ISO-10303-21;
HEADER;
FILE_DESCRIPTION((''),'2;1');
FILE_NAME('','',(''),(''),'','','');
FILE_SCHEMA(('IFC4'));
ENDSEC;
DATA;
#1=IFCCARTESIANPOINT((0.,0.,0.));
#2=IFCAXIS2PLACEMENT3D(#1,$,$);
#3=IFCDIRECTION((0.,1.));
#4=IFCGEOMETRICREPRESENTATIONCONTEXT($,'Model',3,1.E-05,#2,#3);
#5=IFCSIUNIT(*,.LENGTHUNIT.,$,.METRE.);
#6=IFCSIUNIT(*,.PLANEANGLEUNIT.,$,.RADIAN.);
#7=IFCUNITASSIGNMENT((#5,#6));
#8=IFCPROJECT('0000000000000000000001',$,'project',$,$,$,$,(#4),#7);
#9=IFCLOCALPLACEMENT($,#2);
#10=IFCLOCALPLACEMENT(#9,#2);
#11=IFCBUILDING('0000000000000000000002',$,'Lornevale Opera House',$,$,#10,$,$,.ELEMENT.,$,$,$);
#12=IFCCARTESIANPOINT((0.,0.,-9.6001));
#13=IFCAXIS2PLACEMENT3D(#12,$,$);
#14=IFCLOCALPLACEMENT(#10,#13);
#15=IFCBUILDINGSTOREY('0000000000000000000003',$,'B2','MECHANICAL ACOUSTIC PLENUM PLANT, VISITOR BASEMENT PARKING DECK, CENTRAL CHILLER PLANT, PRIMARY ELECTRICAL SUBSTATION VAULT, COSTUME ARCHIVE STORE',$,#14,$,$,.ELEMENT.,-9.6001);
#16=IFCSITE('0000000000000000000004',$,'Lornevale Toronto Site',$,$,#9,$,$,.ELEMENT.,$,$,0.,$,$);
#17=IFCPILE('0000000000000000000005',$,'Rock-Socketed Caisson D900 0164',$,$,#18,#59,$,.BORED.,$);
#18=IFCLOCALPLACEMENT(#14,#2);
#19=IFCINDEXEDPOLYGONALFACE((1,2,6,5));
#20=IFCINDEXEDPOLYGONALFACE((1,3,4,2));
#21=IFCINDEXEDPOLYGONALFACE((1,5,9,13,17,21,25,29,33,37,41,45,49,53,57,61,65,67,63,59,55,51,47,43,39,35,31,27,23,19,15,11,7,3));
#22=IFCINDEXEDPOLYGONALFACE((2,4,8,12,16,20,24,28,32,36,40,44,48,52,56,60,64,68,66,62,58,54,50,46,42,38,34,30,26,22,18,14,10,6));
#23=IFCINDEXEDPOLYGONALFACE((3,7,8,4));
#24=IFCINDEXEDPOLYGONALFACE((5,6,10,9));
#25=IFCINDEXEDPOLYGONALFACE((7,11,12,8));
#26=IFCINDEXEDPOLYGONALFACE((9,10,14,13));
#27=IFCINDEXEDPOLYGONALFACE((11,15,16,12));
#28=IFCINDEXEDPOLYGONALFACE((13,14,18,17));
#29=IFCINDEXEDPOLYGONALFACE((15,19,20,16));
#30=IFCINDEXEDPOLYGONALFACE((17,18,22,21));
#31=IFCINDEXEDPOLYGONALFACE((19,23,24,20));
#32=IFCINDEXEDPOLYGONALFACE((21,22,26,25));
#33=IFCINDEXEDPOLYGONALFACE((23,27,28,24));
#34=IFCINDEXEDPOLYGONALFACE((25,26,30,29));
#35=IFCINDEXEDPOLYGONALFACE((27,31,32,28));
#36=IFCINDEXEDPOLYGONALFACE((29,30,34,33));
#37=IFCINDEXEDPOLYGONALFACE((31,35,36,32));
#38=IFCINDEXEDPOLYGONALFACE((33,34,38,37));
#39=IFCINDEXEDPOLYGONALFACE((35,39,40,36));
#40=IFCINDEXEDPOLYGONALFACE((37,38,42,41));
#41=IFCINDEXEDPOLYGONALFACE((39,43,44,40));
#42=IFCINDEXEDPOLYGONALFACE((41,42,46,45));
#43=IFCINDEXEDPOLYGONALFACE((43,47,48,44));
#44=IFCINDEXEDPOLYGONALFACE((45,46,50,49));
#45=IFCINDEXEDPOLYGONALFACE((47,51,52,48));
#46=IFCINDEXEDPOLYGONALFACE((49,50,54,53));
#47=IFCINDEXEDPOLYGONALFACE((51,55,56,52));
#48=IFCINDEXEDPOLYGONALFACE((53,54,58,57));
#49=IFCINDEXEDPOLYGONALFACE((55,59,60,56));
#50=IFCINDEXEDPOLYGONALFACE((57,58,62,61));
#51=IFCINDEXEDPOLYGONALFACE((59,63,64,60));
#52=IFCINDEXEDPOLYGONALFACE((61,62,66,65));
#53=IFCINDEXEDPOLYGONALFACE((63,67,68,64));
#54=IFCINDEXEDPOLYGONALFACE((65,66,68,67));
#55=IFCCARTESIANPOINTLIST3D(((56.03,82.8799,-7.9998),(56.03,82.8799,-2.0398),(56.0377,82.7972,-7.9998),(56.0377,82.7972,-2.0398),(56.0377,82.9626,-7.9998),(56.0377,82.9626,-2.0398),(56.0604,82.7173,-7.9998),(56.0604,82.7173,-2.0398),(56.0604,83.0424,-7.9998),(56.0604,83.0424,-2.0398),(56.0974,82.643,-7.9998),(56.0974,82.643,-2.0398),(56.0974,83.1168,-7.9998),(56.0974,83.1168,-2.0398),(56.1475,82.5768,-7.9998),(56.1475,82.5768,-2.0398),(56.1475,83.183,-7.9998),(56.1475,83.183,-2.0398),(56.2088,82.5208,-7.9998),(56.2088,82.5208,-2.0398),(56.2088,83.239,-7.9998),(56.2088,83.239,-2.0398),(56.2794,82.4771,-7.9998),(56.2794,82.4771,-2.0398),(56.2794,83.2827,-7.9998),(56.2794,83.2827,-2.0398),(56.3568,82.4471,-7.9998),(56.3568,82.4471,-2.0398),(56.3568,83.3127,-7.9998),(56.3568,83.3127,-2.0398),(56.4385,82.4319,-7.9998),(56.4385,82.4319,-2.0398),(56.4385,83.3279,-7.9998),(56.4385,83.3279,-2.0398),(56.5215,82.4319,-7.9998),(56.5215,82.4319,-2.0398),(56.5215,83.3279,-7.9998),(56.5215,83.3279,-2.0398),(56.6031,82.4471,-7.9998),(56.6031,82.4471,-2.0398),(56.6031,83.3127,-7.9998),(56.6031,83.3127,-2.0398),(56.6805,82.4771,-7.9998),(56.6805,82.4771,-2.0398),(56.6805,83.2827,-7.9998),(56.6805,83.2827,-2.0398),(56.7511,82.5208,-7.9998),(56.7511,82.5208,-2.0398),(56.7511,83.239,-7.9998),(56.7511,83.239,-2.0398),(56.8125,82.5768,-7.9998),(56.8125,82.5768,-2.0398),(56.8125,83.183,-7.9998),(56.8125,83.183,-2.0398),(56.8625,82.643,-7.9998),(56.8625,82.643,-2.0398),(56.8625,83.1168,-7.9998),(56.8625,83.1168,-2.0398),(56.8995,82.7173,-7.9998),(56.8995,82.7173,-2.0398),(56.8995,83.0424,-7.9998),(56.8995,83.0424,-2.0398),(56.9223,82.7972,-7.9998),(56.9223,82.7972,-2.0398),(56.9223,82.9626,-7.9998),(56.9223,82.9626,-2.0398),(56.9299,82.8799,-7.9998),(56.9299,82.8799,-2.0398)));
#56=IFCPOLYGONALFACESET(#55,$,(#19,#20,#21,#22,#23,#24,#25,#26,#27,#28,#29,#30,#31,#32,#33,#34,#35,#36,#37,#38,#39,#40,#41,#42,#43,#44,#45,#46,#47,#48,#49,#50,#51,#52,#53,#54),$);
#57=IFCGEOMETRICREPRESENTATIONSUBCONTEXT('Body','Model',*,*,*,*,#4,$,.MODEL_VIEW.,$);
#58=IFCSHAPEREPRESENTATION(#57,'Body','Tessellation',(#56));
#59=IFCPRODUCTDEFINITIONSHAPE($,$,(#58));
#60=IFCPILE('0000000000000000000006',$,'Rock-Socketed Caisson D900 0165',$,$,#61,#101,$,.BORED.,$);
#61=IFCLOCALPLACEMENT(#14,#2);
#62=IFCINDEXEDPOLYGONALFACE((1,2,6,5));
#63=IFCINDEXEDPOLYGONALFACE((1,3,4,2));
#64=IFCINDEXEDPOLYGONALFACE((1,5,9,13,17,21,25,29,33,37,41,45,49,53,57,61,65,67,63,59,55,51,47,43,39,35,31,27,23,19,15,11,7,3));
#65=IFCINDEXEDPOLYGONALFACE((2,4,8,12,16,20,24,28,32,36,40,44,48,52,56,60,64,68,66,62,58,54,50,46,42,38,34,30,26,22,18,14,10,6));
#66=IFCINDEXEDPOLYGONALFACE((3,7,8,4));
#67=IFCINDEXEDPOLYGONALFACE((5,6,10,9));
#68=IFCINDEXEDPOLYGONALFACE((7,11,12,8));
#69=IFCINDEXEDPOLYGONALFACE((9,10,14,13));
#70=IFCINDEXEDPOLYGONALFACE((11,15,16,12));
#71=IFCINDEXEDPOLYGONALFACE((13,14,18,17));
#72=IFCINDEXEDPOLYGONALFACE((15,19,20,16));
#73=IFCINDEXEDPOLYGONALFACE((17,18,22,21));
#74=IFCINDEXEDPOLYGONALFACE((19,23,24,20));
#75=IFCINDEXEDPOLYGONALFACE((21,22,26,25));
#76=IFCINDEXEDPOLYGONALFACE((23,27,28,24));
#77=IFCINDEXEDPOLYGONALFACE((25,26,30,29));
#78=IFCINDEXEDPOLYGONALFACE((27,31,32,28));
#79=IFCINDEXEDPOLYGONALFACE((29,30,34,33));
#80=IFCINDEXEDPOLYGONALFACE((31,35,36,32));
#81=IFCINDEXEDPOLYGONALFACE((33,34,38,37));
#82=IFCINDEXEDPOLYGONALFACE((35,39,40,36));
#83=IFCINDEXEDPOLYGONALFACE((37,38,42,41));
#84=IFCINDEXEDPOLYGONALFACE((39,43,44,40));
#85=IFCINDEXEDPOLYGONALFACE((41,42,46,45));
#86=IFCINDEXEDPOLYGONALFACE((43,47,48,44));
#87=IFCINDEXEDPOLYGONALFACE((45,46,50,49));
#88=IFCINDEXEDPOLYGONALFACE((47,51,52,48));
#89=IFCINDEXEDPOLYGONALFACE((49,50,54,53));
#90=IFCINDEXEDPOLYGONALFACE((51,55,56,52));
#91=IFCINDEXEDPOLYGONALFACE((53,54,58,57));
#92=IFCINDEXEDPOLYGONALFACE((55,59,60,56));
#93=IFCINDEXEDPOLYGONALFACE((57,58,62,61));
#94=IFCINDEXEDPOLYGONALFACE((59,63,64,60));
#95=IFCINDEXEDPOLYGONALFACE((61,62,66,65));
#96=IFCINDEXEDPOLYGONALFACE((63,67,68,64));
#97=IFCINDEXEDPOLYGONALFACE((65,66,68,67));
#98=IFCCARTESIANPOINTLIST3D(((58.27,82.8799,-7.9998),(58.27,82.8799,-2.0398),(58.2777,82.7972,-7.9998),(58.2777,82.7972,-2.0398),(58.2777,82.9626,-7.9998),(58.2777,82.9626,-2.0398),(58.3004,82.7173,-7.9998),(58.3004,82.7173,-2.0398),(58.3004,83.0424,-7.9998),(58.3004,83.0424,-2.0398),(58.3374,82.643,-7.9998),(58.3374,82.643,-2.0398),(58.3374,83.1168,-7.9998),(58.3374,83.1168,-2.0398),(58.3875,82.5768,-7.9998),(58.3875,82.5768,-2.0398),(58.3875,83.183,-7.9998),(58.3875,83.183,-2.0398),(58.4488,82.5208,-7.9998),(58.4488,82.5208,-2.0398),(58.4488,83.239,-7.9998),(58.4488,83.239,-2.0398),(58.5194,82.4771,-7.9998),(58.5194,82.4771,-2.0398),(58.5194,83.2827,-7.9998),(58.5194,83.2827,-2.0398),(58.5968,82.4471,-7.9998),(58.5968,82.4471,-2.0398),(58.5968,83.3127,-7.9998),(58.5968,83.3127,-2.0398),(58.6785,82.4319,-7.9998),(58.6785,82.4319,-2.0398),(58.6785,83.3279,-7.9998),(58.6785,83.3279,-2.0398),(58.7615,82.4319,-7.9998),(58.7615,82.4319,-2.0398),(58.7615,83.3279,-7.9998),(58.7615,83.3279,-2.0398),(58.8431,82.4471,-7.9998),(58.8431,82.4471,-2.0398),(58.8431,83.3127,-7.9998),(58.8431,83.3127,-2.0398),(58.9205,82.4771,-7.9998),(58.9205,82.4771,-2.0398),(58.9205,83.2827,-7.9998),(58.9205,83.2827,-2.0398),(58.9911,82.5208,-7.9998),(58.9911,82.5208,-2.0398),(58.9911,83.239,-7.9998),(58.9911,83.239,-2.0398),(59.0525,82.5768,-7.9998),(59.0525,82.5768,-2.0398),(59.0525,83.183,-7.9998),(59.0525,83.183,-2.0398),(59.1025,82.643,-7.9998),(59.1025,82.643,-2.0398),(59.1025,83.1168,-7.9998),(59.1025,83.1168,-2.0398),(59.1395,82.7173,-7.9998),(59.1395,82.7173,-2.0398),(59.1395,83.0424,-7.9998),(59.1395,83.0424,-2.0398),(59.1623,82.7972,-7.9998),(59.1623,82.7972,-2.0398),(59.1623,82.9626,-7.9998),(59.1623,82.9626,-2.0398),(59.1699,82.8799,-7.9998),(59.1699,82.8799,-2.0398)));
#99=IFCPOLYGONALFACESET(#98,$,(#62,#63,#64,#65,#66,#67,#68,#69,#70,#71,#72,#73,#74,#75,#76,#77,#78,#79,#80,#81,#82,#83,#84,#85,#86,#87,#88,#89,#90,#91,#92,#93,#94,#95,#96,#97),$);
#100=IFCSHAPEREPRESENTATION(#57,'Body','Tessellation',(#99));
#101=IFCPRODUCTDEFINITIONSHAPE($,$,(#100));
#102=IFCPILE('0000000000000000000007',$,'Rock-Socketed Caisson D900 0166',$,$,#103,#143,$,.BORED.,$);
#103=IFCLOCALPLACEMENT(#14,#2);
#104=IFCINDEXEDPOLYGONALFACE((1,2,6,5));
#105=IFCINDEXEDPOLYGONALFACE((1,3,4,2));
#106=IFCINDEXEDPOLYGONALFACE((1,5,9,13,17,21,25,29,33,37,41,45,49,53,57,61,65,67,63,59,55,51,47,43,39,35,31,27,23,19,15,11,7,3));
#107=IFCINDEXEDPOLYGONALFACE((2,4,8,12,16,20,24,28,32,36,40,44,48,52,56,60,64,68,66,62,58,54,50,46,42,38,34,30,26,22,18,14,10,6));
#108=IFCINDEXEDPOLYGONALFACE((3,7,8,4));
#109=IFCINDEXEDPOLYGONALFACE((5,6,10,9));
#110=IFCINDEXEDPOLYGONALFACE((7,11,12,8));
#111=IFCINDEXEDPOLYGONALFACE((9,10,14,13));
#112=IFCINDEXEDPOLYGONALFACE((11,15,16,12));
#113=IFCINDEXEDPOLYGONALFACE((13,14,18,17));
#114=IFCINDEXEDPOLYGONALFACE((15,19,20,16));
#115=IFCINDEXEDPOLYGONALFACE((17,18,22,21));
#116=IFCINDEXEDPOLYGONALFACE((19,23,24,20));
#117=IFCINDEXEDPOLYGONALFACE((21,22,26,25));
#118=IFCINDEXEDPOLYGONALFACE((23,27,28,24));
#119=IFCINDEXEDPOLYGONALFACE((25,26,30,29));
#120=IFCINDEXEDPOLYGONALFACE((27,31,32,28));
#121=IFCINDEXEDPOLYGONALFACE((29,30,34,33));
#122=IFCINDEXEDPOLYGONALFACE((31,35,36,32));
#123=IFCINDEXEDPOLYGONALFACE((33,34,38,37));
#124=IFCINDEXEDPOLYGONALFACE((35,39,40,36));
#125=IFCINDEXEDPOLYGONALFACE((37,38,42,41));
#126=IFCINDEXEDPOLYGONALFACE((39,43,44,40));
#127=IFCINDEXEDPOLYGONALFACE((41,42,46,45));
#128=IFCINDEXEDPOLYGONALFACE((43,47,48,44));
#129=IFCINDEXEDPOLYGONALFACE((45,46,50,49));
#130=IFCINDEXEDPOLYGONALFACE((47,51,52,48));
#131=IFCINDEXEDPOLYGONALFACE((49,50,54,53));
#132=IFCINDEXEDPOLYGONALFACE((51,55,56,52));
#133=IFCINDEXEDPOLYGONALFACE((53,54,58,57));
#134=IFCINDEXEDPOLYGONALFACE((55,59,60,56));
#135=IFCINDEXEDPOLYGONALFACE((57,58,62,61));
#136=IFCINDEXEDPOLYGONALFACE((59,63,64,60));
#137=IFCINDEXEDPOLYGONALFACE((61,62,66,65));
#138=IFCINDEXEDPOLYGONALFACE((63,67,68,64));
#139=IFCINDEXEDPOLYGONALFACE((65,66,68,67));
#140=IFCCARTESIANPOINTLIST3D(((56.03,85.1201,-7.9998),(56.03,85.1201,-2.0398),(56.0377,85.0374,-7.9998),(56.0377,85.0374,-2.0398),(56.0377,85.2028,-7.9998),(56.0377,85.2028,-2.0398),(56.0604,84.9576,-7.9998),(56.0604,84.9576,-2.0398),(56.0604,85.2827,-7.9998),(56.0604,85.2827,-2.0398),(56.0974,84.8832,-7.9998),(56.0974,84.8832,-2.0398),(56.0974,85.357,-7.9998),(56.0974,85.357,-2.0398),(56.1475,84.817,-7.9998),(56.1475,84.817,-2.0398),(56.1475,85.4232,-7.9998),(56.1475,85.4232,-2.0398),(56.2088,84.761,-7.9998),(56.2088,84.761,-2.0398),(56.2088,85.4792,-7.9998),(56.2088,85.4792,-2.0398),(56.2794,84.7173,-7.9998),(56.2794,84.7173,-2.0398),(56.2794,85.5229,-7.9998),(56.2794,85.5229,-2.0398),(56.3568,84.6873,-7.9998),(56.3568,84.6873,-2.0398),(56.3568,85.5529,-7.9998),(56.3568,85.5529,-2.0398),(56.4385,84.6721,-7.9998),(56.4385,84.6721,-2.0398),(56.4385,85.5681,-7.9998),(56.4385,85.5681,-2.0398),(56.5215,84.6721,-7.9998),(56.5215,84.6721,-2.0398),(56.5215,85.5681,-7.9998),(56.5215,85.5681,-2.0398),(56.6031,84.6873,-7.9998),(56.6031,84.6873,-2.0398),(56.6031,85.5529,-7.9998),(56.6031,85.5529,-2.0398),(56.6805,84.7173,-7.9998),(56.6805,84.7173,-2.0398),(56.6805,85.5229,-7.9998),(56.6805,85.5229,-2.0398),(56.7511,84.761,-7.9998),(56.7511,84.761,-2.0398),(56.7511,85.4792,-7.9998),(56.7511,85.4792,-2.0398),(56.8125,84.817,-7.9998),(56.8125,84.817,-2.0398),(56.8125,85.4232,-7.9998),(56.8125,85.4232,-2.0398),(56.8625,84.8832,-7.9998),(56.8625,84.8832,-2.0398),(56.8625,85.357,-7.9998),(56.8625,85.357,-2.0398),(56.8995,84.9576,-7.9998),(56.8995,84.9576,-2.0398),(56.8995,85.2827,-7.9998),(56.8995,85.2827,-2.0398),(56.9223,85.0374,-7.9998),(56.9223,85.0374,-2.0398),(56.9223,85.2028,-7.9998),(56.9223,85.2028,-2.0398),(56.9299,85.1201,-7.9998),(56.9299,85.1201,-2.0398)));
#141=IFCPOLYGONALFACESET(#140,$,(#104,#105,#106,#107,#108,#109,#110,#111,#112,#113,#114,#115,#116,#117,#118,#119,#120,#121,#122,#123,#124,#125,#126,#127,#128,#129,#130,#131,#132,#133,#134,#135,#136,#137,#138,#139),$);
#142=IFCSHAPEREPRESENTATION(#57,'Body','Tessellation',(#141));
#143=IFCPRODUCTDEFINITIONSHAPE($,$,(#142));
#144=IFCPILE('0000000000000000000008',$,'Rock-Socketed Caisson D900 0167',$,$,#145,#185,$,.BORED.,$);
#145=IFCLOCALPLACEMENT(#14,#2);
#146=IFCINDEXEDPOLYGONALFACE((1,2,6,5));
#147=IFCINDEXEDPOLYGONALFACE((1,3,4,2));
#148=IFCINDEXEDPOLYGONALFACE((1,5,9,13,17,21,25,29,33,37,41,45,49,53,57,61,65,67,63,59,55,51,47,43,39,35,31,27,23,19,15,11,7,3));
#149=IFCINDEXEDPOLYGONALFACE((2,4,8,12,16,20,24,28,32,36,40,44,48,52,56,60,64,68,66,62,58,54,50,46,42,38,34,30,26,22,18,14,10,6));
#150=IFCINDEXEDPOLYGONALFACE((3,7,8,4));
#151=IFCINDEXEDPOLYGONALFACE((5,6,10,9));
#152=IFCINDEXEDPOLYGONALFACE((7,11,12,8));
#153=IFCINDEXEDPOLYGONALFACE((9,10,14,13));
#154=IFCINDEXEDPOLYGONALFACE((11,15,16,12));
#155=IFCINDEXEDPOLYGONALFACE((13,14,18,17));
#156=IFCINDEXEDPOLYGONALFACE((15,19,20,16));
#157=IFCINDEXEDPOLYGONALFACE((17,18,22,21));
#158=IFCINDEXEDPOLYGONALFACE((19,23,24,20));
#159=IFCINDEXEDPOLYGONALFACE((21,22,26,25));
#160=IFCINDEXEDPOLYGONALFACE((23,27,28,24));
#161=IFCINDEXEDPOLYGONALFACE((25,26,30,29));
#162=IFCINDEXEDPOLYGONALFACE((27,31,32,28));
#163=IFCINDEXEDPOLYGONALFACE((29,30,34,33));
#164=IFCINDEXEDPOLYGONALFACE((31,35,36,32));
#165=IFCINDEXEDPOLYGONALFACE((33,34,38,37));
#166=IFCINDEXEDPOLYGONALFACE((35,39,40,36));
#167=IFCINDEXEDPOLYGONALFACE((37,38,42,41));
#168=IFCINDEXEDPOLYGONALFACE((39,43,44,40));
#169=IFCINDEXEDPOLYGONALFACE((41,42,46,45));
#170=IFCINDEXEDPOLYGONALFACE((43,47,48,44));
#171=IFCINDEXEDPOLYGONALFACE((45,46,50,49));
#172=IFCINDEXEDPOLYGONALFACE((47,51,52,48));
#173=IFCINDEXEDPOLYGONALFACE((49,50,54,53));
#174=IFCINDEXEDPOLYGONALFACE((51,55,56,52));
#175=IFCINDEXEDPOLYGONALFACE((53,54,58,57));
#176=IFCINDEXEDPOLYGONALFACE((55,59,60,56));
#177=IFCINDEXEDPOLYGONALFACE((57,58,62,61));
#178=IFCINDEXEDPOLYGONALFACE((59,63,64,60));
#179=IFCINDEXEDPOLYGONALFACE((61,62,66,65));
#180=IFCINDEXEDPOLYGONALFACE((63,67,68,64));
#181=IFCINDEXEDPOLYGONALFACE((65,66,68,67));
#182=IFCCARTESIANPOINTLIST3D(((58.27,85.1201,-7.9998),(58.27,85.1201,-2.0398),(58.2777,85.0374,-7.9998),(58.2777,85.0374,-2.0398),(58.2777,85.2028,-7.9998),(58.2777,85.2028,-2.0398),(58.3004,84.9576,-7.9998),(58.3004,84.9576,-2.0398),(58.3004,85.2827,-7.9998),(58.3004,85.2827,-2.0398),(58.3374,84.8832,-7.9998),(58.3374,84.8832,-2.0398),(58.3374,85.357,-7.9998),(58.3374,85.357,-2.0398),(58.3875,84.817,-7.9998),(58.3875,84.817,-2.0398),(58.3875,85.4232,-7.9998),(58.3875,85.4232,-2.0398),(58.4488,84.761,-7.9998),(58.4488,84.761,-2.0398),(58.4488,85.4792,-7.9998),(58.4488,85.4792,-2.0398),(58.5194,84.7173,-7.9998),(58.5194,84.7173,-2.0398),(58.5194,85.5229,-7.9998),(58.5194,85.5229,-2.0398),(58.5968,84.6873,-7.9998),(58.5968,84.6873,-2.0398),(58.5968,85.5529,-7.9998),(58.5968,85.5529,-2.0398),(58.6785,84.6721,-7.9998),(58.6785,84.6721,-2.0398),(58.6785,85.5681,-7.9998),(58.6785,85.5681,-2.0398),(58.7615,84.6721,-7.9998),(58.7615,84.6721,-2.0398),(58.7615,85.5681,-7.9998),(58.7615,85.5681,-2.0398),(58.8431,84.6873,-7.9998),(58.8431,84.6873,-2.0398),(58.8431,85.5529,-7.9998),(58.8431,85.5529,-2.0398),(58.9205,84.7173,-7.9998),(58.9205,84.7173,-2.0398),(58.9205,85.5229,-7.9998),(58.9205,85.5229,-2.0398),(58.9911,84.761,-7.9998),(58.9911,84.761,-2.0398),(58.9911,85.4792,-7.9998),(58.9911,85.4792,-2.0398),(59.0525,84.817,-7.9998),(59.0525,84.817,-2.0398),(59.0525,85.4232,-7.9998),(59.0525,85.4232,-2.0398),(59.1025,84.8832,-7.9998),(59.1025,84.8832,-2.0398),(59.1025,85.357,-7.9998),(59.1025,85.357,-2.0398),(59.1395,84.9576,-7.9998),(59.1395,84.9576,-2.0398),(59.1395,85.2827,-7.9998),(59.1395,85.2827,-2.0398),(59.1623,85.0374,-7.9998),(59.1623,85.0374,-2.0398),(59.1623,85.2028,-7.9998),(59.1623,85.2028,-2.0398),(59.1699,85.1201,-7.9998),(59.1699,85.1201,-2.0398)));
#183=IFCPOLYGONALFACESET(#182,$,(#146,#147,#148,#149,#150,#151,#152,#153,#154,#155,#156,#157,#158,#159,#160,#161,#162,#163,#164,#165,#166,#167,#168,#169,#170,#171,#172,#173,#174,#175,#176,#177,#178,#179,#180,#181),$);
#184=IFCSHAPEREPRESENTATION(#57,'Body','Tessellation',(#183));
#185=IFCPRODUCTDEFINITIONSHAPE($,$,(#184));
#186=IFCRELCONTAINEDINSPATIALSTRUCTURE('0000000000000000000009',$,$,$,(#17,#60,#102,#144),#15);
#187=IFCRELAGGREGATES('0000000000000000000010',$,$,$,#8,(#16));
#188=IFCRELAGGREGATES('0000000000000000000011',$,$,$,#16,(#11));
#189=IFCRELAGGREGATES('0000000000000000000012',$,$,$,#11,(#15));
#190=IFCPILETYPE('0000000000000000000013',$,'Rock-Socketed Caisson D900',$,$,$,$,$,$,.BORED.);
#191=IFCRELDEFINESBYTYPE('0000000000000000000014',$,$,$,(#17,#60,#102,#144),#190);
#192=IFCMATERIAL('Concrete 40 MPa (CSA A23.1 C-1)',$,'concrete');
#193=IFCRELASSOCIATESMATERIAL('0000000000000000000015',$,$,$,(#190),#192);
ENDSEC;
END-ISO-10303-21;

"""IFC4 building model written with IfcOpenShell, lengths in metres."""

from ifc_helpers import new_model, si_unit, direction, frame, origin, origin_2d, place, context, subcontext, project, spatial, circle, extrude, material, material_profile, profile_set, type_object, element, save


model = new_model("IFC4")

# Units and contexts
model_context = context("Model", 3, precision=1e-05, world=origin(), true_north=direction((0.0, 1.0)))
body_context = subcontext(model_context, "Body", "Model", "MODEL_VIEW")
ifc_project = project(units=[si_unit("LENGTHUNIT", "METRE"), si_unit("PLANEANGLEUNIT", "RADIAN")], contexts=[model_context])

# Site, building, storey
site_placement = place(None, origin())
site = spatial("IfcSite", under=ifc_project, at=site_placement, Name="Lornevale Toronto Site", CompositionType="ELEMENT", RefElevation=0.0)
building_placement = place(site_placement, origin())
building = spatial("IfcBuilding", under=site, at=building_placement, Name="Lornevale Opera House", CompositionType="ELEMENT")
storey_placement = place(building_placement, frame((0.0, 0.0, -9.6001)))
storey = spatial("IfcBuildingStorey", under=building, at=storey_placement, Name="B2", Description="MECHANICAL ACOUSTIC PLENUM PLANT, VISITOR BASEMENT PARKING DECK, CENTRAL CHILLER PLANT, PRIMARY ELECTRICAL SUBSTATION VAULT, COSTUME ARCHIVE STORE", CompositionType="ELEMENT", Elevation=-9.6001)

# Piles
ifc_material_1 = material(Name="Concrete 40 MPa (CSA A23.1 C-1)", Category="concrete")
ifc_material_profile_1 = material_profile(ifc_material_1, circle(Radius=0.45, at=origin_2d()), Name="CAIS900")
ifc_profile_set_1 = profile_set([ifc_material_profile_1], Name="Concrete 40 MPa (CSA A23.1 C-1)")
pile_type_1 = type_object("IfcPileType", Name="Rock-Socketed Caisson D900", PredefinedType="BORED", material=ifc_profile_set_1)
for number, where, z_axis, x_axis, name in (
    (1, (56.48, 82.8799, -2.0398), (0.0, 0.0, -1.0), (1.0, 0.0, 0.0), "Rock-Socketed Caisson D900 0164"),
    (2, (58.72, 82.8799, -2.0398), (0.0, 0.0, -1.0), (1.0, 0.0, 0.0), "Rock-Socketed Caisson D900 0165"),
    (3, (56.48, 85.1201, -2.0398), (0.0, 0.0, -1.0), (1.0, 0.0, 0.0), "Rock-Socketed Caisson D900 0166"),
    (4, (58.72, 85.1201, -2.0398), (0.0, 0.0, -1.0), (1.0, 0.0, 0.0), "Rock-Socketed Caisson D900 0167"),
):
    element("IfcPile", number, at=place(storey_placement, frame(where, z_axis=z_axis, x_axis=x_axis)), inside=storey, type_object=pile_type_1, Name=name, PredefinedType="BORED", context=body_context, shape_type="SweptSolid", body=[
        extrude(circle(Radius=0.45, at=origin_2d()), origin(), (0.0, 0.0, 1.0), 5.96),
    ])

save(model, "model.ifc")
